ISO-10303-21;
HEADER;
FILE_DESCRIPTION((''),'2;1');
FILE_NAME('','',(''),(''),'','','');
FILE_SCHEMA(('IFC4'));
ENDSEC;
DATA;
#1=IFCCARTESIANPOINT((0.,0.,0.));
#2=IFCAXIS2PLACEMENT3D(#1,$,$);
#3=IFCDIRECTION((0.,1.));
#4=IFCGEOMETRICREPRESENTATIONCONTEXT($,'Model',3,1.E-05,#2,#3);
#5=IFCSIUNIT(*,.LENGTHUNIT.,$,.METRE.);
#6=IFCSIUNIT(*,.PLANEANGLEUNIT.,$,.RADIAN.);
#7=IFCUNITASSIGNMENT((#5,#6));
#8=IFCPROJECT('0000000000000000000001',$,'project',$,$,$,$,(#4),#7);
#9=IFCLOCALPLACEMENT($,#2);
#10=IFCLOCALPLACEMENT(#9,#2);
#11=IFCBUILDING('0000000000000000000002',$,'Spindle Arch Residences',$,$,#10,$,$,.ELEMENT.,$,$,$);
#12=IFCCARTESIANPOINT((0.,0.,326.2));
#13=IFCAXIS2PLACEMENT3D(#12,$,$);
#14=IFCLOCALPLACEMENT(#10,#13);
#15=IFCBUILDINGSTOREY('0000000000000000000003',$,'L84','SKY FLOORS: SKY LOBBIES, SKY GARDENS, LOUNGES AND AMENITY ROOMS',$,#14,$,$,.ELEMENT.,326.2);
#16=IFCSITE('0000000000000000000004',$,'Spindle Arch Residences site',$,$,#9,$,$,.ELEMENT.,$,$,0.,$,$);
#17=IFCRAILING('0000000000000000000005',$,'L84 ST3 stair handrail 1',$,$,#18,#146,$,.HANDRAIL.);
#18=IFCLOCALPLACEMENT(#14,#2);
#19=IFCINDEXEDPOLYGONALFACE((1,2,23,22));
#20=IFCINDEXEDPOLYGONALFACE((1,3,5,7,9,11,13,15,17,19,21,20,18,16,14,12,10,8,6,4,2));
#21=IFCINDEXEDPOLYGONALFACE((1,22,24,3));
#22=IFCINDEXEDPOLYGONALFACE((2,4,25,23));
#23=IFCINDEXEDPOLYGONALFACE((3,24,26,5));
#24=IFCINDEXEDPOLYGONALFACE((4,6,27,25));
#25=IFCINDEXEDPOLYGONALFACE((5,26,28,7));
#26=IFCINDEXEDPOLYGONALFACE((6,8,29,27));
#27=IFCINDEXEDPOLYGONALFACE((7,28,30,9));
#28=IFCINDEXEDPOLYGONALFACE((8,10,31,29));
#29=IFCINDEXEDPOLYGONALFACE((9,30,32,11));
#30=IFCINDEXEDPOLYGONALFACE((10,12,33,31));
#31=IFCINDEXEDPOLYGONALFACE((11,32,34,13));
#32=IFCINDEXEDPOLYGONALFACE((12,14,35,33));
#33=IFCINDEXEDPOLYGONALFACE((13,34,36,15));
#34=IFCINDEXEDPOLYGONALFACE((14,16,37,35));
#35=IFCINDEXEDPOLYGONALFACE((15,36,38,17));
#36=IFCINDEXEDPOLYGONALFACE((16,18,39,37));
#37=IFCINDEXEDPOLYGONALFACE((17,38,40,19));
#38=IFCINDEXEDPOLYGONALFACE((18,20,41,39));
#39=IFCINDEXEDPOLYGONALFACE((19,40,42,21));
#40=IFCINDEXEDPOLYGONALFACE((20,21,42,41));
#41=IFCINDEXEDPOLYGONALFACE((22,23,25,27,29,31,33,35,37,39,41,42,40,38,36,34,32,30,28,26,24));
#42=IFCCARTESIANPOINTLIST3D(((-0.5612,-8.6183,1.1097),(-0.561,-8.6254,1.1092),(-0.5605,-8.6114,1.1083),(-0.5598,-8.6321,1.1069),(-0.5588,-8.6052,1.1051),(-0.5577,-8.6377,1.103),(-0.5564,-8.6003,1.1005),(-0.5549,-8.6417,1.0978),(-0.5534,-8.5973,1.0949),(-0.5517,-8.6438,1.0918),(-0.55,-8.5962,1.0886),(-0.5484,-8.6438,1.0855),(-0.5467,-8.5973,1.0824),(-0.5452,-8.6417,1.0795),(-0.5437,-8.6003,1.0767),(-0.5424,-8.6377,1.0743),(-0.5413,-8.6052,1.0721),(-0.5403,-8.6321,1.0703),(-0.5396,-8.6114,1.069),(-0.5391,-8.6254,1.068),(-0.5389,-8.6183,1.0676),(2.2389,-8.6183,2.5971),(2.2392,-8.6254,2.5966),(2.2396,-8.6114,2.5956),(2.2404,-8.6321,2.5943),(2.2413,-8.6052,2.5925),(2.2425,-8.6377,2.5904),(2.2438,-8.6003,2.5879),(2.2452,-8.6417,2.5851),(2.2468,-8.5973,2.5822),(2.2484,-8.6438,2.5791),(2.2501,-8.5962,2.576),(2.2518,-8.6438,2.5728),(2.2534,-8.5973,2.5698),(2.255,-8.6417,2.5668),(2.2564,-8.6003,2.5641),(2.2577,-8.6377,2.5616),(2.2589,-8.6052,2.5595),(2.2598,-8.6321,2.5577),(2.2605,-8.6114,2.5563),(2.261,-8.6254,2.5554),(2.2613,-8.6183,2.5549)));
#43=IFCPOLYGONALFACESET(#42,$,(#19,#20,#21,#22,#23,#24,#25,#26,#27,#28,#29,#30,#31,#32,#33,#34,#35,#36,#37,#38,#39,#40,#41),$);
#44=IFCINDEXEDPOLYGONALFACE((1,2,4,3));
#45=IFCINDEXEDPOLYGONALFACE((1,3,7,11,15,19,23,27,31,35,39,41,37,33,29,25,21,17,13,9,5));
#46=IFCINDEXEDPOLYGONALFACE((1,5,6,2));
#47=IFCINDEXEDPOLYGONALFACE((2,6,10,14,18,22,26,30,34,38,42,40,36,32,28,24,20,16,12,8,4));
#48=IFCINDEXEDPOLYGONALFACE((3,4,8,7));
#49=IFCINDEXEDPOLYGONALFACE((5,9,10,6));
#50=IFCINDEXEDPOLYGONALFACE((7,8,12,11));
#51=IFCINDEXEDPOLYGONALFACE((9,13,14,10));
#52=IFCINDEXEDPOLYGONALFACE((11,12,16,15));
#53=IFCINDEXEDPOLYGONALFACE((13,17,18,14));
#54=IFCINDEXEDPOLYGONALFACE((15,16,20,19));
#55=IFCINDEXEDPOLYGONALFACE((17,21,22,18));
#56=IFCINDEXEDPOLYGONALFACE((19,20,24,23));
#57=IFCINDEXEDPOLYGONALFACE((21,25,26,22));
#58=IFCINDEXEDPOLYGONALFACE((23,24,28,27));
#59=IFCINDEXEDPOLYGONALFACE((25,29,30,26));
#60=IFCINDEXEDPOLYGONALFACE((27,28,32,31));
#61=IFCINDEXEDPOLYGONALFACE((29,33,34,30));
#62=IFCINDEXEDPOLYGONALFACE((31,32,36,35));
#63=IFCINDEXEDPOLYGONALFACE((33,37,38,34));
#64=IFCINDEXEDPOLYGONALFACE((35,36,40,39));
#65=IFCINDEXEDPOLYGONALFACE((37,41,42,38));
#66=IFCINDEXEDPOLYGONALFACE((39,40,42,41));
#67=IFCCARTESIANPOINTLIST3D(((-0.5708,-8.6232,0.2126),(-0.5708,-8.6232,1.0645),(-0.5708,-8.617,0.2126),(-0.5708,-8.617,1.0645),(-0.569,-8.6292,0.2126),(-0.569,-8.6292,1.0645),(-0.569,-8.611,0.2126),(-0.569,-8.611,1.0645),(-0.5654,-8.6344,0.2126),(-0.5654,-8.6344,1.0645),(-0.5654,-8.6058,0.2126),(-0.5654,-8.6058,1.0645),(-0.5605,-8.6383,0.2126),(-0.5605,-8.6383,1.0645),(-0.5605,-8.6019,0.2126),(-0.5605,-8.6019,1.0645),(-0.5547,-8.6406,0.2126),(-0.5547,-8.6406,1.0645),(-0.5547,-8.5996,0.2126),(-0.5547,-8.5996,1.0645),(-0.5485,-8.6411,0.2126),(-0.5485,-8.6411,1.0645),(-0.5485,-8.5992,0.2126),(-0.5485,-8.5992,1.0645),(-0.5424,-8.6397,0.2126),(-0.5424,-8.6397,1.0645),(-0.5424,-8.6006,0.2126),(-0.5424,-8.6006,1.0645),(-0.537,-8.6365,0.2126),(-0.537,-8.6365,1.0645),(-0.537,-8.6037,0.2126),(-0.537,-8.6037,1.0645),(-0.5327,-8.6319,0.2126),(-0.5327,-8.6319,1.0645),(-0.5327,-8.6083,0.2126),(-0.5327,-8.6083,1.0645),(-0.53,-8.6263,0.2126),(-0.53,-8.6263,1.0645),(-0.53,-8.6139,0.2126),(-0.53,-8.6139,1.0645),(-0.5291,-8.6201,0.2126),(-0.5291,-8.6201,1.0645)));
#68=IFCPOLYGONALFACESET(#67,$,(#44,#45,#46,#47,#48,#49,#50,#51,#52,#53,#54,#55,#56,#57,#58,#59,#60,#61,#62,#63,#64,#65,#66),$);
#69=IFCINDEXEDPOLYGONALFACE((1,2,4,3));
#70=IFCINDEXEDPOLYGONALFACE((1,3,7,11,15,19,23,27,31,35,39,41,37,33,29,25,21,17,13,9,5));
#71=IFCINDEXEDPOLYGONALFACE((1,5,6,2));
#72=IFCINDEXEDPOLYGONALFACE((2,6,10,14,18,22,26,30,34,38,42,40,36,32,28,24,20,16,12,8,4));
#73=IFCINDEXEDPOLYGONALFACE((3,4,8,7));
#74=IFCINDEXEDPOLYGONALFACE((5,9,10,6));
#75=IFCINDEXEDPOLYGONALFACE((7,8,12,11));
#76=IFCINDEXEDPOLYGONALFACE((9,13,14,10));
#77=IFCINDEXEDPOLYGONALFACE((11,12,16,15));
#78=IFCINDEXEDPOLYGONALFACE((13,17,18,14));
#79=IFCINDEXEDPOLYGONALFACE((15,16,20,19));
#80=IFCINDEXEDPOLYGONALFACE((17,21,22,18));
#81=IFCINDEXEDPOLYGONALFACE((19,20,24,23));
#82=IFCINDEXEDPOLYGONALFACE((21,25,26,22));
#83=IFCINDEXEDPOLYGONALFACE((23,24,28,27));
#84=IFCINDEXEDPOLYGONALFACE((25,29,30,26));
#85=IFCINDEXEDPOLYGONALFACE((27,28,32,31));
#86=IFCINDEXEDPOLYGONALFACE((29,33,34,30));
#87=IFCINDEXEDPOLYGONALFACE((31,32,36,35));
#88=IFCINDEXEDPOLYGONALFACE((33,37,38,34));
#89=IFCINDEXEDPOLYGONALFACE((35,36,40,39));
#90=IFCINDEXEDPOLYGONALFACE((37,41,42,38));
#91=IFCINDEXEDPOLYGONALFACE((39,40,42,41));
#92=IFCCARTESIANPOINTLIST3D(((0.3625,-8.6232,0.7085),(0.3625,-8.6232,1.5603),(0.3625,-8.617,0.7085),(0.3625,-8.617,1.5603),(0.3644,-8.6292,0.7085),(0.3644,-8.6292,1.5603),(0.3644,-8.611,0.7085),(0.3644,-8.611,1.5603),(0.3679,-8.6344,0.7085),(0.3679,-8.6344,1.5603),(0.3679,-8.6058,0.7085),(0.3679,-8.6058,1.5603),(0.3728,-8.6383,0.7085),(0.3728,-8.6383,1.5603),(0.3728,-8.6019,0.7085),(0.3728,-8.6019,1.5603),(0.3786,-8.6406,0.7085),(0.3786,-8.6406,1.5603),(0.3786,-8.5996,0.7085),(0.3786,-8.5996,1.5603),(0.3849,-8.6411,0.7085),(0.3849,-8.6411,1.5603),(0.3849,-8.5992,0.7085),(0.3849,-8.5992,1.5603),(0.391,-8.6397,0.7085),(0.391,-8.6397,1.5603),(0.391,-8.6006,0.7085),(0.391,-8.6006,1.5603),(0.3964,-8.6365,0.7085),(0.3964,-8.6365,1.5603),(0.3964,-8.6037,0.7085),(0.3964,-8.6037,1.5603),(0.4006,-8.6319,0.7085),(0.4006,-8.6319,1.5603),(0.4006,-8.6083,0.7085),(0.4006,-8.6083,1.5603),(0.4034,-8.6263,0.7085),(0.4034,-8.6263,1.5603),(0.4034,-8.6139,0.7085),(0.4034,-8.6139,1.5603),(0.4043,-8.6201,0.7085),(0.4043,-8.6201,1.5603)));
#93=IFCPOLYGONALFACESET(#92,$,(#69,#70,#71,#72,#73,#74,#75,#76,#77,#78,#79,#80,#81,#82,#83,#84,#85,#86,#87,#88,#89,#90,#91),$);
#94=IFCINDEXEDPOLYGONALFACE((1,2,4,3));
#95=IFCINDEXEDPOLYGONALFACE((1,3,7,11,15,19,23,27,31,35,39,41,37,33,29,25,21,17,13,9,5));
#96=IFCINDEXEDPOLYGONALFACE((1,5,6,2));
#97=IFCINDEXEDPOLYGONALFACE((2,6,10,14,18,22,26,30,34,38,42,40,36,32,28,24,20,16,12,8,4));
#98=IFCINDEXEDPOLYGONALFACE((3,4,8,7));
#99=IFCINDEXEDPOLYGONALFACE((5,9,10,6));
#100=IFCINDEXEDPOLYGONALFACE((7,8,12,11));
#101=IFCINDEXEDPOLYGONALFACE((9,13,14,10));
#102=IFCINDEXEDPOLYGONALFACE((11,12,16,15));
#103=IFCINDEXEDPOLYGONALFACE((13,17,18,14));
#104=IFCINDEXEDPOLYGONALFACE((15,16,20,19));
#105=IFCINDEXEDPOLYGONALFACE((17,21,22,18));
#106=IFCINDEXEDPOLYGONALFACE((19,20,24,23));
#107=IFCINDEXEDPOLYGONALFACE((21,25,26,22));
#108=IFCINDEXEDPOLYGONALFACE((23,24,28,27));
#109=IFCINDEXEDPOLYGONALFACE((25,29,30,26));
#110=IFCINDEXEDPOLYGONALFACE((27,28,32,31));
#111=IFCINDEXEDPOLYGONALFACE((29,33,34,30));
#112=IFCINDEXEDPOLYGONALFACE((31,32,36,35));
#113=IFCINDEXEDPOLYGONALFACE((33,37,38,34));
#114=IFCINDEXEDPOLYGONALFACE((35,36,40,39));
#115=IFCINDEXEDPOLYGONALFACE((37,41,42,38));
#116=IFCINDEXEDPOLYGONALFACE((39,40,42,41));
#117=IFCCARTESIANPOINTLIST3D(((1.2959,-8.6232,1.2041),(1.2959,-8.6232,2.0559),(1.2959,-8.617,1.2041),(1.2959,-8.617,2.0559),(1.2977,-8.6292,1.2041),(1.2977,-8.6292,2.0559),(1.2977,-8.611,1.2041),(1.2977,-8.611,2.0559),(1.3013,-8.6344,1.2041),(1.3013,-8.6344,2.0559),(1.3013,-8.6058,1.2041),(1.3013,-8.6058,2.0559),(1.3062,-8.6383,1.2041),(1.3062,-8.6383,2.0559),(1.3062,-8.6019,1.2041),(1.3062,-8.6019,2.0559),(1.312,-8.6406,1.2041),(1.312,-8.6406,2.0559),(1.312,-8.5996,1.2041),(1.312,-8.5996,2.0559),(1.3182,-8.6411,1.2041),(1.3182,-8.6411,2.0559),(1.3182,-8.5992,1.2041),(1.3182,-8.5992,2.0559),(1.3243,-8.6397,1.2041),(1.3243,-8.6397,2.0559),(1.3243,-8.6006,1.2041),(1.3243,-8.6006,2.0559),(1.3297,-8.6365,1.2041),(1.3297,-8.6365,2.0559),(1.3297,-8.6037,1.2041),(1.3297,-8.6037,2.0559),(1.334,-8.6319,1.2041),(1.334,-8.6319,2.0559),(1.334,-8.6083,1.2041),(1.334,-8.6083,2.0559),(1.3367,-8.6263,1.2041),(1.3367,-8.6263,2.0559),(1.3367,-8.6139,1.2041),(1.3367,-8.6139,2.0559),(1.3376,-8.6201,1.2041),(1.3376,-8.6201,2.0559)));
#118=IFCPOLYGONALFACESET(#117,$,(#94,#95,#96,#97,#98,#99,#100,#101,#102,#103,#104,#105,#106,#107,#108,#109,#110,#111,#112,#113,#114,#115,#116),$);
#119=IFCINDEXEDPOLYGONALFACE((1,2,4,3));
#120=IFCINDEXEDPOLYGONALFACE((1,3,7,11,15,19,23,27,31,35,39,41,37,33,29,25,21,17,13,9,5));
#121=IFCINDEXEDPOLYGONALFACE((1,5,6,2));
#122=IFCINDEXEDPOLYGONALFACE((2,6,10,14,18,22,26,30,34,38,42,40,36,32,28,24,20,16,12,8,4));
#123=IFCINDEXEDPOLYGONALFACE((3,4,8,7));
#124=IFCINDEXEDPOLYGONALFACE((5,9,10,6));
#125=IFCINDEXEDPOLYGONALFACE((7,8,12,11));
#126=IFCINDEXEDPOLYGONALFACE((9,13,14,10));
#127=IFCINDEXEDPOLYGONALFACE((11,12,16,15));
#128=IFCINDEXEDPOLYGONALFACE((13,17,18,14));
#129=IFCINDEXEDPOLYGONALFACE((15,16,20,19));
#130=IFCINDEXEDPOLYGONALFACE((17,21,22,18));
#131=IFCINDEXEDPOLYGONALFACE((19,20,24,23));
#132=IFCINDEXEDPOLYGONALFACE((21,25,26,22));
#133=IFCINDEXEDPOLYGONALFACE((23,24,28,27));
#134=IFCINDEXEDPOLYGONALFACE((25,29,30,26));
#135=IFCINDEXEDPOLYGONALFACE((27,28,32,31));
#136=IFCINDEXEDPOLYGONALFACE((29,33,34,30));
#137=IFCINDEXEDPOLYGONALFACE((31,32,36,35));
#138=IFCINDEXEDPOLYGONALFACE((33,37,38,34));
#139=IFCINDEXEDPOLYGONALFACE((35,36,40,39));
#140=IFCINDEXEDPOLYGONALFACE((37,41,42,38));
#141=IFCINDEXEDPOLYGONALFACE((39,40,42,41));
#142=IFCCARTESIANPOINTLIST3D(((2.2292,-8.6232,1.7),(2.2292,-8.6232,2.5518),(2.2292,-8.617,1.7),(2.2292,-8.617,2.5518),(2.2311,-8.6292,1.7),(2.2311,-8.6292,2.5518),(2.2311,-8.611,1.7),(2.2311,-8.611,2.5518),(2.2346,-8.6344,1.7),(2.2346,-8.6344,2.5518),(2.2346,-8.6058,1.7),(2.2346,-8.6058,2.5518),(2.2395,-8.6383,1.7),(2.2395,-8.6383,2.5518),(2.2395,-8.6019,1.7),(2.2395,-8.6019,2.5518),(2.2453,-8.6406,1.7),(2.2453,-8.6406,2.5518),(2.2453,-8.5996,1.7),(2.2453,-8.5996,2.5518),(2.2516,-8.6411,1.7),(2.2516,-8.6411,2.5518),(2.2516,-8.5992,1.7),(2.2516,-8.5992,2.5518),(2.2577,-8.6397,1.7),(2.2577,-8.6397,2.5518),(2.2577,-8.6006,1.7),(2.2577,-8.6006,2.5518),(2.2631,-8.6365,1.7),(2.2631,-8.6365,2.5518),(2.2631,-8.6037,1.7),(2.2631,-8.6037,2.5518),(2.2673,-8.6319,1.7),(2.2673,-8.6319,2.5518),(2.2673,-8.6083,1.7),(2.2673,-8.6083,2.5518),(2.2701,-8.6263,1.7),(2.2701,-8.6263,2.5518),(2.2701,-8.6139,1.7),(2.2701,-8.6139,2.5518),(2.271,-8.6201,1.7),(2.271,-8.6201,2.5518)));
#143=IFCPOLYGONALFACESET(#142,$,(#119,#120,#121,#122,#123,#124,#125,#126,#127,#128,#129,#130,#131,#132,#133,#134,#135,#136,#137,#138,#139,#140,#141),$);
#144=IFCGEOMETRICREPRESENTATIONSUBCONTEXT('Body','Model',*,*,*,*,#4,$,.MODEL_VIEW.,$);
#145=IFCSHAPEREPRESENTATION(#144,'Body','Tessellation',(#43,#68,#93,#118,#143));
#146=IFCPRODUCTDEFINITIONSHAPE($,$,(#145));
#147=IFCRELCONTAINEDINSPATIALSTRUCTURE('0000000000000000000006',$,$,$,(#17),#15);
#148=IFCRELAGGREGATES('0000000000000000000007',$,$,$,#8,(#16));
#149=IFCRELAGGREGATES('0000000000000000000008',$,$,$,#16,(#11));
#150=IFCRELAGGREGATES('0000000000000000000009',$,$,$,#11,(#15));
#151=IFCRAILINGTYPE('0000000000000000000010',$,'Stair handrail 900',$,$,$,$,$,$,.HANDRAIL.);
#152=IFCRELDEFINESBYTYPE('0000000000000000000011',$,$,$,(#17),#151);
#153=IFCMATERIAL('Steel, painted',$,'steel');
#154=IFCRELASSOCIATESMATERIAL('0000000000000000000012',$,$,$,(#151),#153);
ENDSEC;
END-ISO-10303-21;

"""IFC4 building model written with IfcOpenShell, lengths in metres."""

from ifc_helpers import new_model, si_unit, direction, frame, origin, origin_2d, place, context, subcontext, project, spatial, circle, extrude, material, type_object, element, save


model = new_model("IFC4")

# Units and contexts
model_context = context("Model", 3, precision=1e-05, world=origin(), true_north=direction((0.0, 1.0)))
body_context = subcontext(model_context, "Body", "Model", "MODEL_VIEW")
ifc_project = project(units=[si_unit("LENGTHUNIT", "METRE"), si_unit("PLANEANGLEUNIT", "RADIAN")], contexts=[model_context])

# Site, building, storey
site_placement = place(None, origin())
site = spatial("IfcSite", under=ifc_project, at=site_placement, Name="Spindle Arch Residences site", CompositionType="ELEMENT", RefElevation=0.0)
building_placement = place(site_placement, origin())
building = spatial("IfcBuilding", under=site, at=building_placement, Name="Spindle Arch Residences", CompositionType="ELEMENT")
storey_placement = place(building_placement, frame((0.0, 0.0, 326.2)))
storey = spatial("IfcBuildingStorey", under=building, at=storey_placement, Name="L84", Description="SKY FLOORS: SKY LOBBIES, SKY GARDENS, LOUNGES AND AMENITY ROOMS", CompositionType="ELEMENT", Elevation=326.2)

# Railing
ifc_material_1 = material(Name="Steel, painted", Category="steel")
railing_type_1 = type_object("IfcRailingType", Name="Stair handrail 900", PredefinedType="HANDRAIL", material=ifc_material_1)
railing_1_placement = place(storey_placement, frame((-0.55, -8.6201, 0.2126)))
element("IfcRailing", 1, at=railing_1_placement, inside=storey, type_object=railing_type_1, Name="L84 ST3 stair handrail 1", PredefinedType="HANDRAIL", context=body_context, shape_type="SweptSolid", body=[
    extrude(circle(Radius=0.0239, at=origin_2d()), frame((0.0, 0.0, 0.876), z_axis=(0.883145, 0.0, 0.469101), x_axis=(0.0, 1.0, 0.0)), (0.0, 0.0, 1.0), 3.1707),
    extrude(circle(Radius=0.021, at=origin_2d()), origin(), (0.0, 0.0, 1.0), 0.8518),
    extrude(circle(Radius=0.021, at=origin_2d()), frame((0.9333, 0.0, 0.4958)), (0.0, 0.0, 1.0), 0.8518),
    extrude(circle(Radius=0.021, at=origin_2d()), frame((1.8667, 0.0, 0.9915)), (0.0, 0.0, 1.0), 0.8518),
    extrude(circle(Radius=0.021, at=origin_2d()), frame((2.8, 0.0, 1.4873)), (0.0, 0.0, 1.0), 0.8518),
])

save(model, "model.ifc")
